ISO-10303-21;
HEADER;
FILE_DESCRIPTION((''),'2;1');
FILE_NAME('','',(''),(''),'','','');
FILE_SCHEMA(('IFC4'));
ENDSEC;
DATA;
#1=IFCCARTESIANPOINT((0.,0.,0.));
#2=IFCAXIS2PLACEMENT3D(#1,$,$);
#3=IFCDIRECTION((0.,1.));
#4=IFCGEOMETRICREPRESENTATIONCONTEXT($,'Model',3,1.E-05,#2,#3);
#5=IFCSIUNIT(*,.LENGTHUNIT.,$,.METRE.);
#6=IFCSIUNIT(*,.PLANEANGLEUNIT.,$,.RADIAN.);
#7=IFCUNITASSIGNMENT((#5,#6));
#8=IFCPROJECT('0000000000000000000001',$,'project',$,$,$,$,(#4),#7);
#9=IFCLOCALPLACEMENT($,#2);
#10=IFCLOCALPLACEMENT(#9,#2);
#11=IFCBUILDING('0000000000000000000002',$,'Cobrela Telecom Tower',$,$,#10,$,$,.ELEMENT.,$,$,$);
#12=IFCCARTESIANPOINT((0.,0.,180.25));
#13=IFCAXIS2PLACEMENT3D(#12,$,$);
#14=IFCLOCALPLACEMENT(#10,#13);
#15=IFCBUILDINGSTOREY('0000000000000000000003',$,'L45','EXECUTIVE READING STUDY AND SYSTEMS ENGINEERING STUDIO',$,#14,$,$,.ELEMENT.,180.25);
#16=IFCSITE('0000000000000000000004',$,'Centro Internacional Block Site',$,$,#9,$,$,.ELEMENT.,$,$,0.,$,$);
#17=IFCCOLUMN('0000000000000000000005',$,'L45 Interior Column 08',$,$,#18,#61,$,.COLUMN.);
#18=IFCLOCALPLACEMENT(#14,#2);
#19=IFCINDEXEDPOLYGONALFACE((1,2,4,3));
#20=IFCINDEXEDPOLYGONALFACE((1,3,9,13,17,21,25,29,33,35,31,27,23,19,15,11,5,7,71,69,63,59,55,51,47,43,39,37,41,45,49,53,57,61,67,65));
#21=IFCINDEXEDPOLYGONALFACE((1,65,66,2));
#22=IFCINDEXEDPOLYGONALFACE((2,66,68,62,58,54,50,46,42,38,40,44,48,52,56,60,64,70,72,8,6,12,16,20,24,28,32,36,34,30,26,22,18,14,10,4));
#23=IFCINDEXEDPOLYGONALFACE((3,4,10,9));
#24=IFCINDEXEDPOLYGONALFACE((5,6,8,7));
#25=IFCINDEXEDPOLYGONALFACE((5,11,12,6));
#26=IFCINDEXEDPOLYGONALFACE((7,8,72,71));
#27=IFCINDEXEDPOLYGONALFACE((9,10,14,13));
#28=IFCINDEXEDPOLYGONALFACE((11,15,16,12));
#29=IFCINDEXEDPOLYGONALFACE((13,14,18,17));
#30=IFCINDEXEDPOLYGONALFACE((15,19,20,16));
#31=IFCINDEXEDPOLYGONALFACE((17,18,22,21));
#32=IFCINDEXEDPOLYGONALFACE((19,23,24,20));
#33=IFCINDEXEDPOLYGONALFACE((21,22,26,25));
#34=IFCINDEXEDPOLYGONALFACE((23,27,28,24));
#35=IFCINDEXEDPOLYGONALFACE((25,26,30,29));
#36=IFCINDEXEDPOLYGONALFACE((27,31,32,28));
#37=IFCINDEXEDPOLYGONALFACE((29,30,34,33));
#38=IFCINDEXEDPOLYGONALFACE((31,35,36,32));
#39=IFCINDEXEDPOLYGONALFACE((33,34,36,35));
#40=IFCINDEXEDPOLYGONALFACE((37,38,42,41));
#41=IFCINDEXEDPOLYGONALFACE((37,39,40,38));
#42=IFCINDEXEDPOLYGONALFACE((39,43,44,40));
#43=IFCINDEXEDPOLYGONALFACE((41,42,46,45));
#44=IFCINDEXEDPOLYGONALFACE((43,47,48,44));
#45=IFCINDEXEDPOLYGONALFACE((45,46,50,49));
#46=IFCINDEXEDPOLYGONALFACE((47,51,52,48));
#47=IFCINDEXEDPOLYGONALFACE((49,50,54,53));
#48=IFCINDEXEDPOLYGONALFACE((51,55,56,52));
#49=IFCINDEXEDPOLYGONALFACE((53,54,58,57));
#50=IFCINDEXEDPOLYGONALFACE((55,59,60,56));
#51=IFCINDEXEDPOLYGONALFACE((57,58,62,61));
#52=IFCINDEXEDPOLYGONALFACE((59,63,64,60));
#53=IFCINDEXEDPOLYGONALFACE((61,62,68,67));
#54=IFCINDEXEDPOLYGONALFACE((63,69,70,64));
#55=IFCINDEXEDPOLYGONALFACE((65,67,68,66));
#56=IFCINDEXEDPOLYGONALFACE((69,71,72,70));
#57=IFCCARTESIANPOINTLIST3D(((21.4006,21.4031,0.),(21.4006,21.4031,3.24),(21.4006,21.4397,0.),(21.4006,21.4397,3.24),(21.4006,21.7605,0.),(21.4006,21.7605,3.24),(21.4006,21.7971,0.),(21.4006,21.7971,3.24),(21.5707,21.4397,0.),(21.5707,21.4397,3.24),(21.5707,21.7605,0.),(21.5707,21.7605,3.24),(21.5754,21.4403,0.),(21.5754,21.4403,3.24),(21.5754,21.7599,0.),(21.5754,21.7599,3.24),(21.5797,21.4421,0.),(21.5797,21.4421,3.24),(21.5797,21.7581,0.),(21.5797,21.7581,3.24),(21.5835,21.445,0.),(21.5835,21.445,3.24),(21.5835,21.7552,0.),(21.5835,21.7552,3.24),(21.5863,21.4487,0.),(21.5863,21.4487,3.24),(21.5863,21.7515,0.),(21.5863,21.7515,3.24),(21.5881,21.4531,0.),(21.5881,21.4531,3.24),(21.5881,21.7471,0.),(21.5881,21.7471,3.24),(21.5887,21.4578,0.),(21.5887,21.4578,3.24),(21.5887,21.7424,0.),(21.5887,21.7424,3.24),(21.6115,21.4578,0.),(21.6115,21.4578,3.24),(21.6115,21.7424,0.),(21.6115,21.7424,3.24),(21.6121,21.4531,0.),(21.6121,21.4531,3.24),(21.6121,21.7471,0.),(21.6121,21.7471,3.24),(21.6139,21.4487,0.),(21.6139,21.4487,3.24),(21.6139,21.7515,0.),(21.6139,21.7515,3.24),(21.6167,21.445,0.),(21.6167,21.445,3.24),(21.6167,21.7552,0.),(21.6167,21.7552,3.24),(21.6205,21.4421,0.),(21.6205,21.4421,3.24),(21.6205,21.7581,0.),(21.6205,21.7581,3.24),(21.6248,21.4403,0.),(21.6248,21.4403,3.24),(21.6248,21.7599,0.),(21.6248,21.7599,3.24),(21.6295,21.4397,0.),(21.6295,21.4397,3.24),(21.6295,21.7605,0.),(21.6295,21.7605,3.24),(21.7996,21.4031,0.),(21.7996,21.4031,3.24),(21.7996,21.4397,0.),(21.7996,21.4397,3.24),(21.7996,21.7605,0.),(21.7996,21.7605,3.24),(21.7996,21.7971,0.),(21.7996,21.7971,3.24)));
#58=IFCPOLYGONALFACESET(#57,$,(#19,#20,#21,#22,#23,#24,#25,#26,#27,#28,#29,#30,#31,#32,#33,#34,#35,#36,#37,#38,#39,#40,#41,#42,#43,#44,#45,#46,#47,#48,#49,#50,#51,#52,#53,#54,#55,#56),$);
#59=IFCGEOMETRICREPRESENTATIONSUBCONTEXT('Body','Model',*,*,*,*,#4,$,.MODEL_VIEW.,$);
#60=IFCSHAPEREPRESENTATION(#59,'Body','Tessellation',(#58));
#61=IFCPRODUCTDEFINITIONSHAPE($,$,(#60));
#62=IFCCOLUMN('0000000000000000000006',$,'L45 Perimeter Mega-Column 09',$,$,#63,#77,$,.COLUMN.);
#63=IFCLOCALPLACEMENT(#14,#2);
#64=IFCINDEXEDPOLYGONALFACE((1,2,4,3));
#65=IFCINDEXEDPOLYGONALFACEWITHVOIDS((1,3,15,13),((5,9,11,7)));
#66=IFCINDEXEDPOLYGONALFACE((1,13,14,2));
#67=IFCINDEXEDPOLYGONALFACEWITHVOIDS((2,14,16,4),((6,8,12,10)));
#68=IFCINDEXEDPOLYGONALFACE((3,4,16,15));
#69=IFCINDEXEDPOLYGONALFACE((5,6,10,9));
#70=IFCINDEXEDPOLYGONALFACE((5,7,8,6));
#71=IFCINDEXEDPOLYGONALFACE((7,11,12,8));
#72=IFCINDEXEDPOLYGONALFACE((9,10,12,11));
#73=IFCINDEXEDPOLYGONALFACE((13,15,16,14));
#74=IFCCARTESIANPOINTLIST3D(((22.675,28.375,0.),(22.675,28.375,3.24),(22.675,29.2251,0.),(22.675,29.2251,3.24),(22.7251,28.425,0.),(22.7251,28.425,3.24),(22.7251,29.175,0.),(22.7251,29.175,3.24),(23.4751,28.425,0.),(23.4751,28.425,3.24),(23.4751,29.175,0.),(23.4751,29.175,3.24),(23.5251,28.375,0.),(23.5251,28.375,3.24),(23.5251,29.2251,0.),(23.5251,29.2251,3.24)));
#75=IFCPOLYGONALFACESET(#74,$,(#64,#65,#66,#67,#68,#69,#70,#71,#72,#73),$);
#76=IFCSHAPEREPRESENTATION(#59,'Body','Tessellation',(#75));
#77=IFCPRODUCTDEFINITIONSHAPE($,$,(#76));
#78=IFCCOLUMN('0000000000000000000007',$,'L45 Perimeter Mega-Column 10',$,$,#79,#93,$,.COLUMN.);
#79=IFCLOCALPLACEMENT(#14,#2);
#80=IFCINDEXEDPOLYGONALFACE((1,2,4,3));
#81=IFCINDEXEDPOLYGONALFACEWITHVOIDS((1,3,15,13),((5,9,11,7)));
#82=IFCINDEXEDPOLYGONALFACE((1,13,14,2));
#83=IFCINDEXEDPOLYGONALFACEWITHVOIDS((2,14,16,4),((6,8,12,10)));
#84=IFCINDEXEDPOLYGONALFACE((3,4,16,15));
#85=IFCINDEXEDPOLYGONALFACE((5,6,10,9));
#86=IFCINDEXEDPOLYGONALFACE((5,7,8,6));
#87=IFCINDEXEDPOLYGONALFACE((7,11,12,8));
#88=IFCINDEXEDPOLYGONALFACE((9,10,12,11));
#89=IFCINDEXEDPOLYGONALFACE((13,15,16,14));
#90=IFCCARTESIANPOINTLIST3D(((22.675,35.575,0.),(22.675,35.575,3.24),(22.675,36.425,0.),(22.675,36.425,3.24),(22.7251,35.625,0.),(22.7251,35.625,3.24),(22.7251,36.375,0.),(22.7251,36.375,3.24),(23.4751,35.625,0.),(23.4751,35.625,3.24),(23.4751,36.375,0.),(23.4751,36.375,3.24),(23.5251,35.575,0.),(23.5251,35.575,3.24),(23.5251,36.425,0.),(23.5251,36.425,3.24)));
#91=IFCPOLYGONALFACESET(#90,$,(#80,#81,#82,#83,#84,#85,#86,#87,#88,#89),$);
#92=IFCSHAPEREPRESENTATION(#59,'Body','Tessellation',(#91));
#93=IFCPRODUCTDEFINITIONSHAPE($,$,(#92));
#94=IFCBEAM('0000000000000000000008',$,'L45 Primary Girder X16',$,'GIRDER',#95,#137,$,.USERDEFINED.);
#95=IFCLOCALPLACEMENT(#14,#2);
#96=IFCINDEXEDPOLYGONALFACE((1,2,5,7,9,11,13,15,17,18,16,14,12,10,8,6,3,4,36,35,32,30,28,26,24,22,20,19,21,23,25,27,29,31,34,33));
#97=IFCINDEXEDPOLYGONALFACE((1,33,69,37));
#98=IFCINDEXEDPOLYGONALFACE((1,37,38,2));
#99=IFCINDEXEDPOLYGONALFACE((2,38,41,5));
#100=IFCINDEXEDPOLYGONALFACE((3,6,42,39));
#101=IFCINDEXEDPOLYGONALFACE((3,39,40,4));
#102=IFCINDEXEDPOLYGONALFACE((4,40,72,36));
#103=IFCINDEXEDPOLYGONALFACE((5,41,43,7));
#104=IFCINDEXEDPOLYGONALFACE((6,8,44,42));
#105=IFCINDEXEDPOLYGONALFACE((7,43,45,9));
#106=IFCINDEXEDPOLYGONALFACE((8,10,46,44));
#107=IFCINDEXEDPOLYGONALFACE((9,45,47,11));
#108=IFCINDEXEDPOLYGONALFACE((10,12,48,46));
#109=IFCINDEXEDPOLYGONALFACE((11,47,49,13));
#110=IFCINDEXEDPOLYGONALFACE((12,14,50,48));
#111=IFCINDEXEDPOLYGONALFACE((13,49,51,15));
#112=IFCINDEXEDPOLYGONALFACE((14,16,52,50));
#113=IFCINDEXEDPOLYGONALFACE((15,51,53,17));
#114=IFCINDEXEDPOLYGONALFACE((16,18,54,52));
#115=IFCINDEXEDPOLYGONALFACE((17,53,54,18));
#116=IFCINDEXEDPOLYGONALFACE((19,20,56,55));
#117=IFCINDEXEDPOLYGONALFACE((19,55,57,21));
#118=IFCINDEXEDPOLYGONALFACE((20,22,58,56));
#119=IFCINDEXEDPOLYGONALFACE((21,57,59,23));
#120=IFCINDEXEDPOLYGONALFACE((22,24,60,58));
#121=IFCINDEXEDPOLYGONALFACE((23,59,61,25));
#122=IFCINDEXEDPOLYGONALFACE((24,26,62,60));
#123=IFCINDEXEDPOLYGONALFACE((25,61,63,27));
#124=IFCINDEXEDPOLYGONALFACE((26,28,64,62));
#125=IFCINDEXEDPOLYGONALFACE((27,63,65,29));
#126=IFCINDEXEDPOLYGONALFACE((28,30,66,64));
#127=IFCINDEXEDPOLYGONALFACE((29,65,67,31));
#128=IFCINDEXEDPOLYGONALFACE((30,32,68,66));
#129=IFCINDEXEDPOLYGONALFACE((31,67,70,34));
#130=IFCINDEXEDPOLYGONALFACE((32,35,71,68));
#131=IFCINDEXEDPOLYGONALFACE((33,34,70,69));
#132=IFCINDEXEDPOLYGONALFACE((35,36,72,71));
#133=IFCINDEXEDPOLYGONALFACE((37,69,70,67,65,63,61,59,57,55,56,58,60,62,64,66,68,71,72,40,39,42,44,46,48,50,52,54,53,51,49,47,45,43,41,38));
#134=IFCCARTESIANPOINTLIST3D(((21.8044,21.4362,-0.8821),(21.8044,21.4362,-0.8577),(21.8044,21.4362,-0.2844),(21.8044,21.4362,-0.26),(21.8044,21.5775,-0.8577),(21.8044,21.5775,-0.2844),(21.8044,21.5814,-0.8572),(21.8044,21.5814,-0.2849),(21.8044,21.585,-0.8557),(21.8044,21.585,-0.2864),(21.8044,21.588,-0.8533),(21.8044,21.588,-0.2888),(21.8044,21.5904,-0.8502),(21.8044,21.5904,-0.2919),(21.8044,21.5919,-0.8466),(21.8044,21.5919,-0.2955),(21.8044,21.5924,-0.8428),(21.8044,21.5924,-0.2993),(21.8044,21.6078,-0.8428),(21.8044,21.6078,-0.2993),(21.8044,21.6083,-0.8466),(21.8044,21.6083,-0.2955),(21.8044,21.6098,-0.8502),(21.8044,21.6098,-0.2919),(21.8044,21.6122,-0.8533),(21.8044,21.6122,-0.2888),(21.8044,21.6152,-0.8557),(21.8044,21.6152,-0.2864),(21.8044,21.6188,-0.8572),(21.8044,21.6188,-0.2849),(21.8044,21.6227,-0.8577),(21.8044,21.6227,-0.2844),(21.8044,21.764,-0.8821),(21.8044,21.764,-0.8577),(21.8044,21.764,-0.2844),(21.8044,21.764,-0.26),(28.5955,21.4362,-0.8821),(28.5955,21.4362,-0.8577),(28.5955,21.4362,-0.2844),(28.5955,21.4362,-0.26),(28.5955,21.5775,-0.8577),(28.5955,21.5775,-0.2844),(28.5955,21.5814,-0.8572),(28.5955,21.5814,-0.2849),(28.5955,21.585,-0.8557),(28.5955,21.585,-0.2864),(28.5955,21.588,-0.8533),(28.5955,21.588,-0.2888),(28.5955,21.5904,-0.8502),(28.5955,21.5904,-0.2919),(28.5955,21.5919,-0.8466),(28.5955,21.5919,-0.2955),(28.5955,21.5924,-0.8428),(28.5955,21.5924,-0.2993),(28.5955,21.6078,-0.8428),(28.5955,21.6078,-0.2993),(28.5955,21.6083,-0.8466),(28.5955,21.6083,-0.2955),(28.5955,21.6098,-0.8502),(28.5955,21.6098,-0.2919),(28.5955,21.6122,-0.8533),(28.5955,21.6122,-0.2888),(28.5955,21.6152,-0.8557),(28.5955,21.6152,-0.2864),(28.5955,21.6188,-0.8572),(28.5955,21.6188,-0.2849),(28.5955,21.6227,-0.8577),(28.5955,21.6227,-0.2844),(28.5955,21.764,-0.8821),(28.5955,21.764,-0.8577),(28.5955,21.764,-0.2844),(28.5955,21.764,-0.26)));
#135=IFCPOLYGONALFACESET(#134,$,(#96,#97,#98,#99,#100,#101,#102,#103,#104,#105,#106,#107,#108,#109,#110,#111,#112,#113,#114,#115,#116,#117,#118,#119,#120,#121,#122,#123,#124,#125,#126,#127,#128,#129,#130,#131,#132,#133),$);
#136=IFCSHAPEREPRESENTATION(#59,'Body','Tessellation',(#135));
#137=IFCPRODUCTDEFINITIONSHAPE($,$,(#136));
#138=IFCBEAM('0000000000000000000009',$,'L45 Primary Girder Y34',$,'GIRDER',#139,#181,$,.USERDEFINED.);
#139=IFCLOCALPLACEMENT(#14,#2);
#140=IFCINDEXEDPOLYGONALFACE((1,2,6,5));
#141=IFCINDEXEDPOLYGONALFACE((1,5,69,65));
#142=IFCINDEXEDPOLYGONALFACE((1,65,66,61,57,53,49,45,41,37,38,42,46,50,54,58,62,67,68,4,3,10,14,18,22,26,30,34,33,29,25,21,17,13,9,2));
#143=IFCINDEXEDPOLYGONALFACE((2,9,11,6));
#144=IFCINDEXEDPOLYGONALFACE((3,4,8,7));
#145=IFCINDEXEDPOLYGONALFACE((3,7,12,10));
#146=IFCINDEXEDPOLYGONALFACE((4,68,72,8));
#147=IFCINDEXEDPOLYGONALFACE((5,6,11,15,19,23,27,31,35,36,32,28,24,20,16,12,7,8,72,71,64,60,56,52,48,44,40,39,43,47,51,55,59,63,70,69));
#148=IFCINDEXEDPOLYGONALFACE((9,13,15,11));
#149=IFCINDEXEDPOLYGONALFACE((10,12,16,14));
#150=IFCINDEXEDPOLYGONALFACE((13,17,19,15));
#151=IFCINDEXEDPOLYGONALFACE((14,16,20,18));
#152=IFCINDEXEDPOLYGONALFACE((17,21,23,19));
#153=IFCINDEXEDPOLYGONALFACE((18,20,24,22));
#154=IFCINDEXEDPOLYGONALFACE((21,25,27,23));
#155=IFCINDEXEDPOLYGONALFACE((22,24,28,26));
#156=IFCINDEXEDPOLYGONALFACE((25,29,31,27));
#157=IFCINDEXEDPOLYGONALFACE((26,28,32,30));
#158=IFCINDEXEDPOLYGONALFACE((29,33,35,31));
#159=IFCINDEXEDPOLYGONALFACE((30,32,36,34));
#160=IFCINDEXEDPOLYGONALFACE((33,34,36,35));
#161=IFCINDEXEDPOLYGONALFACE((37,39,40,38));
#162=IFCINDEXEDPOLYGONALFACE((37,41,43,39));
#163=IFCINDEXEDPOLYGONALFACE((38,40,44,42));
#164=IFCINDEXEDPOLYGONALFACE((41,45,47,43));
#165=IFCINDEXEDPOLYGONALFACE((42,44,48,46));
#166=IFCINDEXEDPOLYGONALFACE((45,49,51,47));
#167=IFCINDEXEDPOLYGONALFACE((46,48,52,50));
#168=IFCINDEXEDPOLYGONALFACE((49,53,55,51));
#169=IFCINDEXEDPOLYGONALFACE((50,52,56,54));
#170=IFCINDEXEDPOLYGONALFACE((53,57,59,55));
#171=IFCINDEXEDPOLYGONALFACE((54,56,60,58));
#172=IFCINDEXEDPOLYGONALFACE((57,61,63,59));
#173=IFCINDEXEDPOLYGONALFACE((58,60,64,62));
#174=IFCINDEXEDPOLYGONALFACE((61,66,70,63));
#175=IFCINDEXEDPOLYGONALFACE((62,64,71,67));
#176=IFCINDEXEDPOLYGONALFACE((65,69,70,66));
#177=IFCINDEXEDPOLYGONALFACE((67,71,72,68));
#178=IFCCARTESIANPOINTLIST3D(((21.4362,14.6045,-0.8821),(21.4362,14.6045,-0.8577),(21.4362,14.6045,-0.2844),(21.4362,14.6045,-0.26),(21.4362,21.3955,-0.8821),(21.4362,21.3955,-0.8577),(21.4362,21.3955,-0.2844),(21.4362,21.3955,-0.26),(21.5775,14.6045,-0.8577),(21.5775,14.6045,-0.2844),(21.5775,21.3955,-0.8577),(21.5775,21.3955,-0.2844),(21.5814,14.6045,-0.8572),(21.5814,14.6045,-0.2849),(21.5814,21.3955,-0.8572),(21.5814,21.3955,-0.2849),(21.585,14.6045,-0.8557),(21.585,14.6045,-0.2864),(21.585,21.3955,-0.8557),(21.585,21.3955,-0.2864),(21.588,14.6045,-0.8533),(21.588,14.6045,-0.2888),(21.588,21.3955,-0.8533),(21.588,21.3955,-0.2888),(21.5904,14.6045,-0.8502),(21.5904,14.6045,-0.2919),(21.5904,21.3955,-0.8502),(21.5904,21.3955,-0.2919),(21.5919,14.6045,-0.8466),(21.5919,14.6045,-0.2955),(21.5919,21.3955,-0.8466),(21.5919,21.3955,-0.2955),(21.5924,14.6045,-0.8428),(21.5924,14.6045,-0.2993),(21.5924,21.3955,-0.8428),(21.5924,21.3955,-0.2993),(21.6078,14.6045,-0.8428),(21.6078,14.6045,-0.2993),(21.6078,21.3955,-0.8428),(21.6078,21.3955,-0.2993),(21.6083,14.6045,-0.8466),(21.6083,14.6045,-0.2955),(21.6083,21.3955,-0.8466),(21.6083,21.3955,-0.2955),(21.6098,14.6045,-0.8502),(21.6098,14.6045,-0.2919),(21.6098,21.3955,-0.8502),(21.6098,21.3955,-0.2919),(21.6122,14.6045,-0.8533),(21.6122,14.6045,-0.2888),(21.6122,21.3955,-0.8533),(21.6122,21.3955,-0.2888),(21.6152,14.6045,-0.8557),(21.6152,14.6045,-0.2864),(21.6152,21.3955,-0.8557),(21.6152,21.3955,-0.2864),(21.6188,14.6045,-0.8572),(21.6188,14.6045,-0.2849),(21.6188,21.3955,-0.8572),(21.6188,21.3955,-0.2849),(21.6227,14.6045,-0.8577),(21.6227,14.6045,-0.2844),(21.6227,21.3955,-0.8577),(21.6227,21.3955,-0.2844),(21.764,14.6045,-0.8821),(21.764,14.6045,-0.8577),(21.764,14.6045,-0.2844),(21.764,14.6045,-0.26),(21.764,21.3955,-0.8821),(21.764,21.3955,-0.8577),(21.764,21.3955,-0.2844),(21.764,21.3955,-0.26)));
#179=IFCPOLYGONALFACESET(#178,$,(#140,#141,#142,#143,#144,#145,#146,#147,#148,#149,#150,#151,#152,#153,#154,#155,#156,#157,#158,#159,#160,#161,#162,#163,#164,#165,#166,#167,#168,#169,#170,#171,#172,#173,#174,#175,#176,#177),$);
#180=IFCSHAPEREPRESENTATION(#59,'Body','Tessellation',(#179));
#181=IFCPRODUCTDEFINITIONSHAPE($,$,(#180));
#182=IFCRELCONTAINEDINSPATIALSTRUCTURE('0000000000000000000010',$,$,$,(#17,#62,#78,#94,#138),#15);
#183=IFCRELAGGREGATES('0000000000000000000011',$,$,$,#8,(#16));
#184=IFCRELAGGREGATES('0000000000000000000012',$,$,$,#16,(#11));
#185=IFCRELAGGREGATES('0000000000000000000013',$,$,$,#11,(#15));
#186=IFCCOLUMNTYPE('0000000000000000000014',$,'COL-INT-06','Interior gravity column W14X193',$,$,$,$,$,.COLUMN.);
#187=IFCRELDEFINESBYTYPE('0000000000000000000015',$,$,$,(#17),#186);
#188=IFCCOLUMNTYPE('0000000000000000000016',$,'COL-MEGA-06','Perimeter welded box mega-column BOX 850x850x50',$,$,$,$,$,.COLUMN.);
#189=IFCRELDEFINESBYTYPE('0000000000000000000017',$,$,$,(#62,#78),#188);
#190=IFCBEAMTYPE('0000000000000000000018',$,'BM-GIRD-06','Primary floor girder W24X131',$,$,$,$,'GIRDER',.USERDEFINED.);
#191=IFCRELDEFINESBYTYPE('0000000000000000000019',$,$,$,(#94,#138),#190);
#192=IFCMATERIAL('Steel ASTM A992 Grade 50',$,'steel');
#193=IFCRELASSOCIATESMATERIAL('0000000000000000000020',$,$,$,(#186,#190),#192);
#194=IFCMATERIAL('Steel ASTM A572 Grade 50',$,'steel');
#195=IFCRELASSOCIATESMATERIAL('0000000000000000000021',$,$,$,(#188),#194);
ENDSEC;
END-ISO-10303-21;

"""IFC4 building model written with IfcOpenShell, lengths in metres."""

from ifc_helpers import new_model, si_unit, direction, frame, origin, origin_2d, place, context, subcontext, project, spatial, hollow_rectangle, i_section, extrude, material, material_profile, profile_set, type_object, element, save


model = new_model("IFC4")

# Units and contexts
model_context = context("Model", 3, precision=1e-05, world=origin(), true_north=direction((0.0, 1.0)))
body_context = subcontext(model_context, "Body", "Model", "MODEL_VIEW")
ifc_project = project(units=[si_unit("LENGTHUNIT", "METRE"), si_unit("PLANEANGLEUNIT", "RADIAN")], contexts=[model_context])

# Site, building, storey
site_placement = place(None, origin())
site = spatial("IfcSite", under=ifc_project, at=site_placement, Name="Centro Internacional Block Site", CompositionType="ELEMENT", RefElevation=0.0)
building_placement = place(site_placement, origin())
building = spatial("IfcBuilding", under=site, at=building_placement, Name="Cobrela Telecom Tower", CompositionType="ELEMENT")
storey_placement = place(building_placement, frame((0.0, 0.0, 180.25)))
storey = spatial("IfcBuildingStorey", under=building, at=storey_placement, Name="L45", Description="EXECUTIVE READING STUDY AND SYSTEMS ENGINEERING STUDIO", CompositionType="ELEMENT", Elevation=180.25)

# Columns
ifc_material_1 = material(Name="Steel ASTM A992 Grade 50", Category="steel")
ifc_material_profile_1 = material_profile(ifc_material_1, i_section(OverallWidth=0.3989, OverallDepth=0.394, WebThickness=0.0227, FlangeThickness=0.0366, FilletRadius=0.0181, at=origin_2d()), Name="W14X193")
ifc_profile_set_1 = profile_set([ifc_material_profile_1], Name="Steel ASTM A992 Grade 50")
column_type_1 = type_object("IfcColumnType", Name="COL-INT-06", Description="Interior gravity column W14X193", PredefinedType="COLUMN", material=ifc_profile_set_1)
column_placement = place(storey_placement, frame((21.6001, 21.6001, 0.0), z_axis=(0.0, 0.0, 1.0), x_axis=(1.0, 0.0, 0.0)))
element("IfcColumn", 1, at=column_placement, inside=storey, type_object=column_type_1, Name="L45 Interior Column 08", PredefinedType="COLUMN", context=body_context, shape_type="SweptSolid", body=[
    extrude(i_section(OverallWidth=0.3989, OverallDepth=0.394, WebThickness=0.0227, FlangeThickness=0.0366, FilletRadius=0.0181, at=origin_2d()), origin(), (0.0, 0.0, 1.0), 3.24),
])
ifc_material_2 = material(Name="Steel ASTM A572 Grade 50", Category="steel")
ifc_material_profile_2 = material_profile(ifc_material_2, hollow_rectangle(XDim=0.8501, YDim=0.8501, WallThickness=0.05, at=origin_2d()), Name="BOX 850x850x50")
ifc_profile_set_2 = profile_set([ifc_material_profile_2], Name="Steel ASTM A572 Grade 50")
column_type_2 = type_object("IfcColumnType", Name="COL-MEGA-06", Description="Perimeter welded box mega-column BOX 850x850x50", PredefinedType="COLUMN", material=ifc_profile_set_2)
for number, where, z_axis, x_axis, name in (
    (2, (23.1001, 28.8, 0.0), (0.0, 0.0, 1.0), (1.0, 0.0, 0.0), "L45 Perimeter Mega-Column 09"),
    (3, (23.1001, 36.0, 0.0), (0.0, 0.0, 1.0), (1.0, 0.0, 0.0), "L45 Perimeter Mega-Column 10"),
):
    element("IfcColumn", number, at=place(storey_placement, frame(where, z_axis=z_axis, x_axis=x_axis)), inside=storey, type_object=column_type_2, Name=name, PredefinedType="COLUMN", context=body_context, shape_type="SweptSolid", body=[
        extrude(hollow_rectangle(XDim=0.8501, YDim=0.8501, WallThickness=0.05, at=origin_2d()), origin(), (0.0, 0.0, 1.0), 3.24),
    ])

# Beams
ifc_material_profile_3 = material_profile(ifc_material_1, i_section(OverallWidth=0.3279, OverallDepth=0.6221, WebThickness=0.0154, FlangeThickness=0.0244, FilletRadius=0.0149, at=origin_2d()), Name="W24X131")
ifc_profile_set_3 = profile_set([ifc_material_profile_3], Name="Steel ASTM A992 Grade 50")
beam_type_1 = type_object("IfcBeamType", Name="BM-GIRD-06", Description="Primary floor girder W24X131", ElementType="GIRDER", PredefinedType="USERDEFINED", material=ifc_profile_set_3)
for number, where, z_axis, x_axis, name in (
    (4, (21.8044, 21.6001, -0.571), (1.0, 0.0, 0.0), (0.0, 1.0, 0.0), "L45 Primary Girder X16"),
    (5, (21.6001, 14.6045, -0.571), (0.0, 1.0, 0.0), (-1.0, 0.0, 0.0), "L45 Primary Girder Y34"),
):
    element("IfcBeam", number, at=place(storey_placement, frame(where, z_axis=z_axis, x_axis=x_axis)), inside=storey, type_object=beam_type_1, Name=name, ObjectType="GIRDER", PredefinedType="USERDEFINED", context=body_context, shape_type="SweptSolid", body=[
        extrude(i_section(OverallWidth=0.3279, OverallDepth=0.6221, WebThickness=0.0154, FlangeThickness=0.0244, FilletRadius=0.0149, at=origin_2d()), origin(), (0.0, 0.0, 1.0), 6.791),
    ])

save(model, "model.ifc")
